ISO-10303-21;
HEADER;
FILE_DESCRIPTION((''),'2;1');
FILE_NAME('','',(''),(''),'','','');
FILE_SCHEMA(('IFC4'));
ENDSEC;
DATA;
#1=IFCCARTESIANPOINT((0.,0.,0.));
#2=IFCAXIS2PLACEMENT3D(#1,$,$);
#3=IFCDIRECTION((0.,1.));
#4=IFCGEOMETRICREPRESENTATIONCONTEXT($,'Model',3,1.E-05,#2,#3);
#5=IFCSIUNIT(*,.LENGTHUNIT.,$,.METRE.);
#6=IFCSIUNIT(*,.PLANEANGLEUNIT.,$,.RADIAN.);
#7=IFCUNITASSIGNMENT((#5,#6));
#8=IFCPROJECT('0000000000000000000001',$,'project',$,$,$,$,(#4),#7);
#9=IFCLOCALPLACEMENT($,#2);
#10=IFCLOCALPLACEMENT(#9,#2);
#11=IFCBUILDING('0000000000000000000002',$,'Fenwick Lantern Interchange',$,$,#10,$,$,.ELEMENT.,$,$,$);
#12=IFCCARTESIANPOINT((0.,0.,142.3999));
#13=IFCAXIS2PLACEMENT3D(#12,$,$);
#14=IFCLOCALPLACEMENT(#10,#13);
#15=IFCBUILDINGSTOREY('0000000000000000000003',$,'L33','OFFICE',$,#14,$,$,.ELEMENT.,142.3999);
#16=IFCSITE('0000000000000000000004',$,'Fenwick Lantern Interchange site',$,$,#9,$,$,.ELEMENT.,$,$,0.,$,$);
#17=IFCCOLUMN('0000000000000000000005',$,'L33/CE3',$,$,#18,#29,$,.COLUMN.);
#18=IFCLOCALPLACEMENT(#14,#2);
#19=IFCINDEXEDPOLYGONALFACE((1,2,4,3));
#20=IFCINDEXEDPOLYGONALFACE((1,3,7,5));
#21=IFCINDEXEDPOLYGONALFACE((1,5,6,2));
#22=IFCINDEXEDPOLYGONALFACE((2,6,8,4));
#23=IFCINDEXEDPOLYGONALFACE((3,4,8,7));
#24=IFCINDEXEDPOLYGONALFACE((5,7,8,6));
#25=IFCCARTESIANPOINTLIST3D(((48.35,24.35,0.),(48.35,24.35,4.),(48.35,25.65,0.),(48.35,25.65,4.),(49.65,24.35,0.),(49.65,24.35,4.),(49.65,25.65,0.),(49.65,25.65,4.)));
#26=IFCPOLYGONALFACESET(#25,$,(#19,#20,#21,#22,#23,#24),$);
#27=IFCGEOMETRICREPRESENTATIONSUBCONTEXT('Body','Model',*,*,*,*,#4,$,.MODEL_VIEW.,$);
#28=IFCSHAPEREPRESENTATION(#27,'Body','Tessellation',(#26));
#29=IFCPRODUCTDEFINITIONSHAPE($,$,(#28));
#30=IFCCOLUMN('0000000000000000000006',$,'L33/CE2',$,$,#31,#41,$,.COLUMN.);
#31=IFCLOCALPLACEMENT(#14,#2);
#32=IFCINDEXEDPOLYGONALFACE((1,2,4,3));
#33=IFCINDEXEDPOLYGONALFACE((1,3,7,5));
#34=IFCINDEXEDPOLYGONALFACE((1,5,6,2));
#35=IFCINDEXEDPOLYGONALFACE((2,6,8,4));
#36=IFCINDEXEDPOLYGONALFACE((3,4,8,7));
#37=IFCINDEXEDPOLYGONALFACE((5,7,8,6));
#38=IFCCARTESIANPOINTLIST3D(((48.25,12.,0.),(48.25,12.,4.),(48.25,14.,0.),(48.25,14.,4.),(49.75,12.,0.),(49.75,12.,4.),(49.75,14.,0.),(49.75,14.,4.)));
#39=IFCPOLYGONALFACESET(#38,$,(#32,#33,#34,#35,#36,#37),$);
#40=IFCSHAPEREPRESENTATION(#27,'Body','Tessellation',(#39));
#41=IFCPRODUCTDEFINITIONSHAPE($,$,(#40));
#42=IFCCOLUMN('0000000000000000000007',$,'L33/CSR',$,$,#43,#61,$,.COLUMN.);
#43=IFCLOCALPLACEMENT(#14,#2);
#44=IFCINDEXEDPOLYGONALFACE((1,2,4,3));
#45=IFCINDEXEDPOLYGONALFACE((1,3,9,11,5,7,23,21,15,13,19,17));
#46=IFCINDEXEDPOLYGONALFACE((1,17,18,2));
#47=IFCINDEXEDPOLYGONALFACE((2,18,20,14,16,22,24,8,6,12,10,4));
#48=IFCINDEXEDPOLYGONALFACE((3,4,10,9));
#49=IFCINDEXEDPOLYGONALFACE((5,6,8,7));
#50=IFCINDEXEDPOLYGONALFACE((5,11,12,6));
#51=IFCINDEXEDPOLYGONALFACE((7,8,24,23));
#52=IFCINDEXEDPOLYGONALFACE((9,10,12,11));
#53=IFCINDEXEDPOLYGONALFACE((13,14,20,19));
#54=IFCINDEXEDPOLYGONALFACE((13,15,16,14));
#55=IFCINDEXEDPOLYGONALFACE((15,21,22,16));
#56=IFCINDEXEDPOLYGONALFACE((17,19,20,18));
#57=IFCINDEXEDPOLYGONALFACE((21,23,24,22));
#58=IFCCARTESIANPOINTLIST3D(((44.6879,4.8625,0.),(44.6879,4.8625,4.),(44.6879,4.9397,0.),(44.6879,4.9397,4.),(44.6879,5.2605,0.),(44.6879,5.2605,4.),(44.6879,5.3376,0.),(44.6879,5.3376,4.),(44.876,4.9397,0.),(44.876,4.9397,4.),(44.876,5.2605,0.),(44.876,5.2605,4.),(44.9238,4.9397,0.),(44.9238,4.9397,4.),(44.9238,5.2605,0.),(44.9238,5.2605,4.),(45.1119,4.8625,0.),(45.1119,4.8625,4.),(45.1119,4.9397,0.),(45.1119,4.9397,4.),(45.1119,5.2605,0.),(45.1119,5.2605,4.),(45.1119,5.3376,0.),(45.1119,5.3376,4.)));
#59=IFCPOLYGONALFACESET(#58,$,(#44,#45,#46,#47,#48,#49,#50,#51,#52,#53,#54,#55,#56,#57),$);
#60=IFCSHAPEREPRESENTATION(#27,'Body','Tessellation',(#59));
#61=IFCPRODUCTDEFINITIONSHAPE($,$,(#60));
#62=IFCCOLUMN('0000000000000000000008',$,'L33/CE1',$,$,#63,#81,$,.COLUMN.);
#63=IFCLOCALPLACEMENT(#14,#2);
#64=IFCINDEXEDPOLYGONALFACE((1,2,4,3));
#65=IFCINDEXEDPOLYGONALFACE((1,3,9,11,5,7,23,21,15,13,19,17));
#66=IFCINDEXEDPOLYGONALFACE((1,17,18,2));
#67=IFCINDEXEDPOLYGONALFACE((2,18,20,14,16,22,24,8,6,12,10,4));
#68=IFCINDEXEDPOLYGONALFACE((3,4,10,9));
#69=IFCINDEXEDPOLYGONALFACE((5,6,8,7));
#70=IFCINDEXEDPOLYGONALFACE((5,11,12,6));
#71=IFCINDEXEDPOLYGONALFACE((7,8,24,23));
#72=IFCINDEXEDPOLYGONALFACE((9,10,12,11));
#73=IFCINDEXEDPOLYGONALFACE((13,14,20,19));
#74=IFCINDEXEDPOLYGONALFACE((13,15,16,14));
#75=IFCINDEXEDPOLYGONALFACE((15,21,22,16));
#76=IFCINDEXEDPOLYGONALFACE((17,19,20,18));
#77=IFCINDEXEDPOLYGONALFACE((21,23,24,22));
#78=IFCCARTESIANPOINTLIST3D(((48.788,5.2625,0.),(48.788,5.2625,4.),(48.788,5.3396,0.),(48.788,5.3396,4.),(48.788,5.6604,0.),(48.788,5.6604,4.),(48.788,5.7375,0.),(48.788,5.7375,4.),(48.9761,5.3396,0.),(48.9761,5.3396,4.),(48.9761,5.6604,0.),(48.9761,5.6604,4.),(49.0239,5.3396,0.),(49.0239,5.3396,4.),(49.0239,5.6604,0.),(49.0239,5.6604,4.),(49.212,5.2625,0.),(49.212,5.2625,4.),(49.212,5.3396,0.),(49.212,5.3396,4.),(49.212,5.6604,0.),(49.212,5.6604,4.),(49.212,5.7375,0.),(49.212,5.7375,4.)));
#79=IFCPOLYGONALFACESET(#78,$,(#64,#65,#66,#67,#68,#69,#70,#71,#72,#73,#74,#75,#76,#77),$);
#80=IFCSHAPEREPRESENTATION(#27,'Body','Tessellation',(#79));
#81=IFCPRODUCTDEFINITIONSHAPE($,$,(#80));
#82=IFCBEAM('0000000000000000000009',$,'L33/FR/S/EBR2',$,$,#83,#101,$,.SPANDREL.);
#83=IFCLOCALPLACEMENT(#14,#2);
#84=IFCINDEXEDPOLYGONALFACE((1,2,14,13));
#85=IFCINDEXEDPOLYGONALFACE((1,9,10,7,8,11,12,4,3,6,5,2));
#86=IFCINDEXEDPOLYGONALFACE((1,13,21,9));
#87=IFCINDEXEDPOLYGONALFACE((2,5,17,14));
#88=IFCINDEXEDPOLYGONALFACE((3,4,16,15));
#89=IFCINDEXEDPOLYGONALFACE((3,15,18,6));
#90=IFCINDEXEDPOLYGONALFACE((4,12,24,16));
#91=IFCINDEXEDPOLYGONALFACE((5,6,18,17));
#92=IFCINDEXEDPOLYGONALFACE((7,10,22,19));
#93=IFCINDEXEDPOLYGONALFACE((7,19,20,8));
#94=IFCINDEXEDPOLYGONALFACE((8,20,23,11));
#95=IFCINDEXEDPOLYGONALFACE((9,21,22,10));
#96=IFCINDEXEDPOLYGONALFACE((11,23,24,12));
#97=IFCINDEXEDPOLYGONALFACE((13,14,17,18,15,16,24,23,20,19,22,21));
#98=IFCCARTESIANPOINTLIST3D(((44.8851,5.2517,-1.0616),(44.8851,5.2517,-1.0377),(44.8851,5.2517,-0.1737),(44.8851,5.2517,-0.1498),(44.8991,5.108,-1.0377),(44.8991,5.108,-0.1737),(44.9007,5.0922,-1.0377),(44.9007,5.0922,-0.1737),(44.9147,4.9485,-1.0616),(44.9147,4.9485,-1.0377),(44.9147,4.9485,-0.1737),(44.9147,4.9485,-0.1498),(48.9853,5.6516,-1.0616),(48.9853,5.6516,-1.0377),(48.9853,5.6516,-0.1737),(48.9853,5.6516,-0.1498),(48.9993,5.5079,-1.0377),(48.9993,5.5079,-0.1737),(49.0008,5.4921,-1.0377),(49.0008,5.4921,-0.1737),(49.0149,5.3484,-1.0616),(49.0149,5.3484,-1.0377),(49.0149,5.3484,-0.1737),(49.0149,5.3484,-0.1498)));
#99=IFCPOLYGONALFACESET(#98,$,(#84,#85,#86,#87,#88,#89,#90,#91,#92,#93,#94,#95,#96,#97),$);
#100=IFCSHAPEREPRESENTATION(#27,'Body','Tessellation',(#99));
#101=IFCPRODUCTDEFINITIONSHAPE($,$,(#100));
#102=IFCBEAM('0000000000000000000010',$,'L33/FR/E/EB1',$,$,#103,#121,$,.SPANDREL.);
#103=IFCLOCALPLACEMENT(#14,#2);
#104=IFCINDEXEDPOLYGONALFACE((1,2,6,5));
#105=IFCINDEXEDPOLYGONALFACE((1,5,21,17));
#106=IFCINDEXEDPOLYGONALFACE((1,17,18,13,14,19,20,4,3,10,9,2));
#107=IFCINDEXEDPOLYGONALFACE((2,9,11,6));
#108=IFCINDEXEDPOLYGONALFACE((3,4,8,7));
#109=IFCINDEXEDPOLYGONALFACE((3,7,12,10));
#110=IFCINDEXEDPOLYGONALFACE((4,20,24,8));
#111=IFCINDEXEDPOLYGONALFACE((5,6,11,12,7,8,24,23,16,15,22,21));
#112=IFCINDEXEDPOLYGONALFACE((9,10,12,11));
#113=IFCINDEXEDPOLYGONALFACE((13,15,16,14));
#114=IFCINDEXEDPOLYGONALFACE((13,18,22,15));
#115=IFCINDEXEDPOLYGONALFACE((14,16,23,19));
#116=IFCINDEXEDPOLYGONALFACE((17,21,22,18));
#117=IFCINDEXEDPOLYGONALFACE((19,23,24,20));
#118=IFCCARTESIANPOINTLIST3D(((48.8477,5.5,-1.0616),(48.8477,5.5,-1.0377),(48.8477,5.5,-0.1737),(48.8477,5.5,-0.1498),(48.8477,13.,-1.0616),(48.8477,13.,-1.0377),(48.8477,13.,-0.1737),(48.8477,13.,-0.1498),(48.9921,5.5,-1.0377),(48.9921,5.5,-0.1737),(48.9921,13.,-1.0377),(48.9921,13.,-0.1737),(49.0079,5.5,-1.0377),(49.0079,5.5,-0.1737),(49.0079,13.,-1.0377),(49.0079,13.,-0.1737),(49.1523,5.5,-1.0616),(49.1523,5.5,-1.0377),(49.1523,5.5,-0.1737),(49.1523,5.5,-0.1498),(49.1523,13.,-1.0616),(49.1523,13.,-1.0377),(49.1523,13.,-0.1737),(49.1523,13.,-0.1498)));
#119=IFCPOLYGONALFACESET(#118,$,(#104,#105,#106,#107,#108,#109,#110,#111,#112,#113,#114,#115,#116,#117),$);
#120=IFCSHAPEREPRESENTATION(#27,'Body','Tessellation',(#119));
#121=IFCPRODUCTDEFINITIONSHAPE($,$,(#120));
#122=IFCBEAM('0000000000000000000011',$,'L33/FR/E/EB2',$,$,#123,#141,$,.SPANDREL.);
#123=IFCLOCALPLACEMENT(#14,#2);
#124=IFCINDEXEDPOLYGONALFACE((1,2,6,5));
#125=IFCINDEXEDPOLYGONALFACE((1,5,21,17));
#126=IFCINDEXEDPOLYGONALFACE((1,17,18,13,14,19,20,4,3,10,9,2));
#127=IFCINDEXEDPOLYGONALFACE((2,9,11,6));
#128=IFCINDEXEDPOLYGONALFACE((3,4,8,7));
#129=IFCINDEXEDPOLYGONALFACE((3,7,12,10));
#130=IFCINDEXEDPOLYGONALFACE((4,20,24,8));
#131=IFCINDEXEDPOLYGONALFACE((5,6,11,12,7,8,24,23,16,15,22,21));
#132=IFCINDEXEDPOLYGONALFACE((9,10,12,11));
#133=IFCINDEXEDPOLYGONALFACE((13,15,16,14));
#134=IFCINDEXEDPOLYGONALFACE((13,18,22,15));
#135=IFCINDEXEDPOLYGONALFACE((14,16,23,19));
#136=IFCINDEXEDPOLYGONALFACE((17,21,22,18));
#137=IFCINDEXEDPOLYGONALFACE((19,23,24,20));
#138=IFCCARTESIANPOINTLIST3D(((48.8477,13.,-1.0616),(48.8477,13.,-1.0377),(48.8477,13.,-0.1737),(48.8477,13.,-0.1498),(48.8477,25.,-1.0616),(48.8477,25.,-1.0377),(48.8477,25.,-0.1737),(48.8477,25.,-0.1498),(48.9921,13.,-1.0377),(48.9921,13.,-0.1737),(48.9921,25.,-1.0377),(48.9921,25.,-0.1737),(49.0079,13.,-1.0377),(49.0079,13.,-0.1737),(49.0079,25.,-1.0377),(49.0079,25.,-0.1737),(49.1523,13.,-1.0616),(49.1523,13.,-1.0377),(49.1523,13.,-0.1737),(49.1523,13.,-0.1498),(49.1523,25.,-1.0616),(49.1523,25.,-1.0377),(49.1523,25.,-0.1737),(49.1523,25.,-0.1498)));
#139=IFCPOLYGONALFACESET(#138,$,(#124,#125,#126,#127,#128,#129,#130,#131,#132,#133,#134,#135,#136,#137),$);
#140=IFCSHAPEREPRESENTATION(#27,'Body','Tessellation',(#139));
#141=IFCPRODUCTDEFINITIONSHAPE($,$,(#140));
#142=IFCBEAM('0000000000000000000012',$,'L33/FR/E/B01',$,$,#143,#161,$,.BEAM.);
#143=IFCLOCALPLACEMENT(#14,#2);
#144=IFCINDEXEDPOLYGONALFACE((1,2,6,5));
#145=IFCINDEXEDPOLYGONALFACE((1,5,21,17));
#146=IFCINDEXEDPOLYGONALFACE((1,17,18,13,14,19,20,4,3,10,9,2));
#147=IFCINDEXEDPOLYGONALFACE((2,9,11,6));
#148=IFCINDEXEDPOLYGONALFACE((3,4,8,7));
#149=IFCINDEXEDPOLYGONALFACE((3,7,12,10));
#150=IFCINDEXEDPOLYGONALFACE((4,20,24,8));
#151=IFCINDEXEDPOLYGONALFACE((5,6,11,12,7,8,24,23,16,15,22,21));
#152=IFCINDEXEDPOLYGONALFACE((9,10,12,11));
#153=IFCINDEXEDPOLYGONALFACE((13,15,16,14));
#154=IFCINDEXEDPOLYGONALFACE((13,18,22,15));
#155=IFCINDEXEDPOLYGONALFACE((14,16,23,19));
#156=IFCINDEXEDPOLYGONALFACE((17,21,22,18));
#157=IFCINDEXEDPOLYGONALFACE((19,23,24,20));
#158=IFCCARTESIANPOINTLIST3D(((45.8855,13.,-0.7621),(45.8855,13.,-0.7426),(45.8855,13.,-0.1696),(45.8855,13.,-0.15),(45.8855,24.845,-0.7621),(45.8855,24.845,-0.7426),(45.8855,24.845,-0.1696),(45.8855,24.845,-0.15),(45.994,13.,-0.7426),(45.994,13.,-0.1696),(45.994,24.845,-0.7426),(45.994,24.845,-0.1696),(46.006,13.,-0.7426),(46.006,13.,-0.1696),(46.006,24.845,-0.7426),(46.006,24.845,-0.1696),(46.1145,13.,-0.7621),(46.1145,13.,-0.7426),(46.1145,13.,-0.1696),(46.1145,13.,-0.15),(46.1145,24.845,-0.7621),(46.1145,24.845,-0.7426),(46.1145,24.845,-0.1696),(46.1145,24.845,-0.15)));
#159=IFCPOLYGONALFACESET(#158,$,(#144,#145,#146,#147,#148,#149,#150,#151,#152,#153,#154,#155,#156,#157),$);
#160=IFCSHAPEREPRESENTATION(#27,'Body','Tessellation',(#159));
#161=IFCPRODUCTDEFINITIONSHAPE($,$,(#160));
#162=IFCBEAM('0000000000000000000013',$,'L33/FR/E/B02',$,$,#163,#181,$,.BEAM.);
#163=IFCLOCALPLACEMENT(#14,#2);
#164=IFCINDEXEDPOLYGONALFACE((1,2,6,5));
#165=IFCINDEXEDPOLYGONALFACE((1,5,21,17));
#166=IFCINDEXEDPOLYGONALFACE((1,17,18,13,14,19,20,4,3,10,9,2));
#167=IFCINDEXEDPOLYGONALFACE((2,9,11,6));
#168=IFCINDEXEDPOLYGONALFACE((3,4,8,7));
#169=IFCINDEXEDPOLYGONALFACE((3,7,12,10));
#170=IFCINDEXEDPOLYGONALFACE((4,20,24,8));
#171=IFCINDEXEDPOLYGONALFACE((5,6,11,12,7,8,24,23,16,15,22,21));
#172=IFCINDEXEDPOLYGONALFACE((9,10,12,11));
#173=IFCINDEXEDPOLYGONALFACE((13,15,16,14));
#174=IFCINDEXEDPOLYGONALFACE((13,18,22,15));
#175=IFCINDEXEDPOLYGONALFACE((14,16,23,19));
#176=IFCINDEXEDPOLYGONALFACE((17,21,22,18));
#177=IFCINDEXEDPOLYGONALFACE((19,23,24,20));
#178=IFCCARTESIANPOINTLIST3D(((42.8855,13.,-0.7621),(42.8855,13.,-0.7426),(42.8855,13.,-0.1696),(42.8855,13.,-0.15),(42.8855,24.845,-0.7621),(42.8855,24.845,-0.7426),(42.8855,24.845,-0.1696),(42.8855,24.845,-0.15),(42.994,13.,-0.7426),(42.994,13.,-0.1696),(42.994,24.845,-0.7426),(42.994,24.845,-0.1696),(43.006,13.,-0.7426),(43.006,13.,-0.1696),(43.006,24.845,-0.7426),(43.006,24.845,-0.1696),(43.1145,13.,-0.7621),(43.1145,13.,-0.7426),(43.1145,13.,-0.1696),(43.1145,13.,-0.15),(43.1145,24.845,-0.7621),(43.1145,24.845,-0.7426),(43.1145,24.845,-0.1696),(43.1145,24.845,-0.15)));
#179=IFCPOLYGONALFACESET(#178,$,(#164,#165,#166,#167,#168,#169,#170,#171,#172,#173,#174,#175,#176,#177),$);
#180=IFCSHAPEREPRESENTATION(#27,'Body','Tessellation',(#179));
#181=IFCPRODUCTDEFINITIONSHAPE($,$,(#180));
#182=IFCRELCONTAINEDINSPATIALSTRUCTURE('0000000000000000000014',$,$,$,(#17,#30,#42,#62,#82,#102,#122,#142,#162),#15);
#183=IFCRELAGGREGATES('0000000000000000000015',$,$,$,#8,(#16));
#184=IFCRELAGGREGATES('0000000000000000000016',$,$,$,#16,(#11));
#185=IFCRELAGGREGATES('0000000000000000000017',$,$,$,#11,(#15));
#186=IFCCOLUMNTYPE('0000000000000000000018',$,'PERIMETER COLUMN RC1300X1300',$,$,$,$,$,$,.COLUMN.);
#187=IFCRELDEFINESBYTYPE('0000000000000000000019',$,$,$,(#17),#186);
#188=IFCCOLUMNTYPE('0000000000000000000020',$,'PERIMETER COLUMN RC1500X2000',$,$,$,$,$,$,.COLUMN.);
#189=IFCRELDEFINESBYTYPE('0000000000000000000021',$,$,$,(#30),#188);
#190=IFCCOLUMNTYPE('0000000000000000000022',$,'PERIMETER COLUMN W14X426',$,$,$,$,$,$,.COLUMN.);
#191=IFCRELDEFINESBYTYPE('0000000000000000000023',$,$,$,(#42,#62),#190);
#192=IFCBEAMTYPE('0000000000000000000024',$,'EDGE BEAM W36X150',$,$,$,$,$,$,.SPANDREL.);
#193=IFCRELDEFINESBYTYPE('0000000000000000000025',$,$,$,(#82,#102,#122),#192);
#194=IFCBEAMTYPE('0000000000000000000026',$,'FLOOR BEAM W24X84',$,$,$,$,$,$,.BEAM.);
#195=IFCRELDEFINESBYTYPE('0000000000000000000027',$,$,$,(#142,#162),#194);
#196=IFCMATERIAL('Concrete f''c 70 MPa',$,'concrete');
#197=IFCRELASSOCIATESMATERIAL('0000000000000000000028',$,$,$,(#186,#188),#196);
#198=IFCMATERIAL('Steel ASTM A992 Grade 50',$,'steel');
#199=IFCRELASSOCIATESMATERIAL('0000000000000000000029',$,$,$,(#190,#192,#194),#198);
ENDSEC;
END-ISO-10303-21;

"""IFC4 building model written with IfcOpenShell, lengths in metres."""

from ifc_helpers import new_model, si_unit, direction, frame, origin, origin_2d, place, context, subcontext, project, spatial, rectangle, i_section, extrude, material, material_profile, profile_set, type_object, element, save


model = new_model("IFC4")

# Units and contexts
model_context = context("Model", 3, precision=1e-05, world=origin(), true_north=direction((0.0, 1.0)))
body_context = subcontext(model_context, "Body", "Model", "MODEL_VIEW")
ifc_project = project(units=[si_unit("LENGTHUNIT", "METRE"), si_unit("PLANEANGLEUNIT", "RADIAN")], contexts=[model_context])

# Site, building, storey
site_placement = place(None, origin())
site = spatial("IfcSite", under=ifc_project, at=site_placement, Name="Fenwick Lantern Interchange site", CompositionType="ELEMENT", RefElevation=0.0)
building_placement = place(site_placement, origin())
building = spatial("IfcBuilding", under=site, at=building_placement, Name="Fenwick Lantern Interchange", CompositionType="ELEMENT")
storey_placement = place(building_placement, frame((0.0, 0.0, 142.3999)))
storey = spatial("IfcBuildingStorey", under=building, at=storey_placement, Name="L33", Description="OFFICE", CompositionType="ELEMENT", Elevation=142.3999)

# Columns
ifc_material_1 = material(Name="Concrete f'c 70 MPa", Category="concrete")
ifc_material_profile_1 = material_profile(ifc_material_1, rectangle(XDim=1.3, YDim=1.3, at=origin_2d()), Name="RC1300X1300")
ifc_profile_set_1 = profile_set([ifc_material_profile_1], Name="Concrete f'c 70 MPa")
column_type_1 = type_object("IfcColumnType", Name="PERIMETER COLUMN RC1300X1300", PredefinedType="COLUMN", material=ifc_profile_set_1)
column_1_placement = place(storey_placement, frame((49.0, 25.0, 0.0), z_axis=(0.0, 0.0, 1.0), x_axis=(1.0, 0.0, 0.0)))
element("IfcColumn", 1, at=column_1_placement, inside=storey, type_object=column_type_1, Name="L33/CE3", PredefinedType="COLUMN", context=body_context, shape_type="SweptSolid", body=[
    extrude(rectangle(XDim=1.3, YDim=1.3, at=origin_2d()), origin(), (0.0, 0.0, 1.0), 4.0),
])
ifc_material_profile_2 = material_profile(ifc_material_1, rectangle(XDim=1.5, YDim=2.0, at=origin_2d()), Name="RC1500X2000")
ifc_profile_set_2 = profile_set([ifc_material_profile_2], Name="Concrete f'c 70 MPa")
column_type_2 = type_object("IfcColumnType", Name="PERIMETER COLUMN RC1500X2000", PredefinedType="COLUMN", material=ifc_profile_set_2)
column_2_placement = place(storey_placement, frame((49.0, 13.0, 0.0), z_axis=(0.0, 0.0, 1.0), x_axis=(1.0, 0.0, 0.0)))
element("IfcColumn", 2, at=column_2_placement, inside=storey, type_object=column_type_2, Name="L33/CE2", PredefinedType="COLUMN", context=body_context, shape_type="SweptSolid", body=[
    extrude(rectangle(XDim=1.5, YDim=2.0, at=origin_2d()), origin(), (0.0, 0.0, 1.0), 4.0),
])
ifc_material_2 = material(Name="Steel ASTM A992 Grade 50", Category="steel")
ifc_material_profile_3 = material_profile(ifc_material_2, i_section(OverallWidth=0.4241, OverallDepth=0.4751, WebThickness=0.0479, FlangeThickness=0.0771, at=origin_2d()), Name="W14X426")
ifc_profile_set_3 = profile_set([ifc_material_profile_3], Name="Steel ASTM A992 Grade 50")
column_type_3 = type_object("IfcColumnType", Name="PERIMETER COLUMN W14X426", PredefinedType="COLUMN", material=ifc_profile_set_3)
for number, where, z_axis, x_axis, name in (
    (3, (44.8999, 5.1001, 0.0), (0.0, 0.0, 1.0), (1.0, 0.0, 0.0), "L33/CSR"),
    (4, (49.0, 5.5, 0.0), (0.0, 0.0, 1.0), (1.0, 0.0, 0.0), "L33/CE1"),
):
    element("IfcColumn", number, at=place(storey_placement, frame(where, z_axis=z_axis, x_axis=x_axis)), inside=storey, type_object=column_type_3, Name=name, PredefinedType="COLUMN", context=body_context, shape_type="SweptSolid", body=[
        extrude(i_section(OverallWidth=0.4241, OverallDepth=0.4751, WebThickness=0.0479, FlangeThickness=0.0771, at=origin_2d()), origin(), (0.0, 0.0, 1.0), 4.0),
    ])

# Beams
ifc_material_profile_4 = material_profile(ifc_material_2, i_section(OverallWidth=0.3047, OverallDepth=0.9119, WebThickness=0.0159, FlangeThickness=0.0239, at=origin_2d()), Name="W36X150")
ifc_profile_set_4 = profile_set([ifc_material_profile_4], Name="Steel ASTM A992 Grade 50")
beam_type_1 = type_object("IfcBeamType", Name="EDGE BEAM W36X150", PredefinedType="SPANDREL", material=ifc_profile_set_4)
beam_1_placement = place(storey_placement, frame((44.8999, 5.1001, -0.6057), z_axis=(0.995277, 0.097074, 0.0), x_axis=(-0.097074, 0.995277, 0.0)))
element("IfcBeam", 5, at=beam_1_placement, inside=storey, type_object=beam_type_1, Name="L33/FR/S/EBR2", PredefinedType="SPANDREL", context=body_context, shape_type="SweptSolid", body=[
    extrude(i_section(OverallWidth=0.3047, OverallDepth=0.9119, WebThickness=0.0159, FlangeThickness=0.0239, at=origin_2d()), origin(), (0.0, 0.0, 1.0), 4.1196),
])
beam_2_placement = place(storey_placement, frame((49.0, 5.5, -0.6057), z_axis=(0.0, 1.0, 0.0), x_axis=(-1.0, 0.0, 0.0)))
element("IfcBeam", 6, at=beam_2_placement, inside=storey, type_object=beam_type_1, Name="L33/FR/E/EB1", PredefinedType="SPANDREL", context=body_context, shape_type="SweptSolid", body=[
    extrude(i_section(OverallWidth=0.3047, OverallDepth=0.9119, WebThickness=0.0159, FlangeThickness=0.0239, at=origin_2d()), origin(), (0.0, 0.0, 1.0), 7.5),
])
beam_3_placement = place(storey_placement, frame((49.0, 13.0, -0.6057), z_axis=(0.0, 1.0, 0.0), x_axis=(-1.0, 0.0, 0.0)))
element("IfcBeam", 7, at=beam_3_placement, inside=storey, type_object=beam_type_1, Name="L33/FR/E/EB2", PredefinedType="SPANDREL", context=body_context, shape_type="SweptSolid", body=[
    extrude(i_section(OverallWidth=0.3047, OverallDepth=0.9119, WebThickness=0.0159, FlangeThickness=0.0239, at=origin_2d()), origin(), (0.0, 0.0, 1.0), 12.0),
])
ifc_material_profile_5 = material_profile(ifc_material_2, i_section(OverallWidth=0.229, OverallDepth=0.6121, WebThickness=0.012, FlangeThickness=0.0195, at=origin_2d()), Name="W24X84")
ifc_profile_set_5 = profile_set([ifc_material_profile_5], Name="Steel ASTM A992 Grade 50")
beam_type_2 = type_object("IfcBeamType", Name="FLOOR BEAM W24X84", PredefinedType="BEAM", material=ifc_profile_set_5)
for number, where, z_axis, x_axis, name in (
    (8, (46.0, 13.0, -0.4561), (0.0, 1.0, 0.0), (-1.0, 0.0, 0.0), "L33/FR/E/B01"),
    (9, (43.0, 13.0, -0.4561), (0.0, 1.0, 0.0), (-1.0, 0.0, 0.0), "L33/FR/E/B02"),
):
    element("IfcBeam", number, at=place(storey_placement, frame(where, z_axis=z_axis, x_axis=x_axis)), inside=storey, type_object=beam_type_2, Name=name, PredefinedType="BEAM", context=body_context, shape_type="SweptSolid", body=[
        extrude(i_section(OverallWidth=0.229, OverallDepth=0.6121, WebThickness=0.012, FlangeThickness=0.0195, at=origin_2d()), origin(), (0.0, 0.0, 1.0), 11.845),
    ])

save(model, "model.ifc")
